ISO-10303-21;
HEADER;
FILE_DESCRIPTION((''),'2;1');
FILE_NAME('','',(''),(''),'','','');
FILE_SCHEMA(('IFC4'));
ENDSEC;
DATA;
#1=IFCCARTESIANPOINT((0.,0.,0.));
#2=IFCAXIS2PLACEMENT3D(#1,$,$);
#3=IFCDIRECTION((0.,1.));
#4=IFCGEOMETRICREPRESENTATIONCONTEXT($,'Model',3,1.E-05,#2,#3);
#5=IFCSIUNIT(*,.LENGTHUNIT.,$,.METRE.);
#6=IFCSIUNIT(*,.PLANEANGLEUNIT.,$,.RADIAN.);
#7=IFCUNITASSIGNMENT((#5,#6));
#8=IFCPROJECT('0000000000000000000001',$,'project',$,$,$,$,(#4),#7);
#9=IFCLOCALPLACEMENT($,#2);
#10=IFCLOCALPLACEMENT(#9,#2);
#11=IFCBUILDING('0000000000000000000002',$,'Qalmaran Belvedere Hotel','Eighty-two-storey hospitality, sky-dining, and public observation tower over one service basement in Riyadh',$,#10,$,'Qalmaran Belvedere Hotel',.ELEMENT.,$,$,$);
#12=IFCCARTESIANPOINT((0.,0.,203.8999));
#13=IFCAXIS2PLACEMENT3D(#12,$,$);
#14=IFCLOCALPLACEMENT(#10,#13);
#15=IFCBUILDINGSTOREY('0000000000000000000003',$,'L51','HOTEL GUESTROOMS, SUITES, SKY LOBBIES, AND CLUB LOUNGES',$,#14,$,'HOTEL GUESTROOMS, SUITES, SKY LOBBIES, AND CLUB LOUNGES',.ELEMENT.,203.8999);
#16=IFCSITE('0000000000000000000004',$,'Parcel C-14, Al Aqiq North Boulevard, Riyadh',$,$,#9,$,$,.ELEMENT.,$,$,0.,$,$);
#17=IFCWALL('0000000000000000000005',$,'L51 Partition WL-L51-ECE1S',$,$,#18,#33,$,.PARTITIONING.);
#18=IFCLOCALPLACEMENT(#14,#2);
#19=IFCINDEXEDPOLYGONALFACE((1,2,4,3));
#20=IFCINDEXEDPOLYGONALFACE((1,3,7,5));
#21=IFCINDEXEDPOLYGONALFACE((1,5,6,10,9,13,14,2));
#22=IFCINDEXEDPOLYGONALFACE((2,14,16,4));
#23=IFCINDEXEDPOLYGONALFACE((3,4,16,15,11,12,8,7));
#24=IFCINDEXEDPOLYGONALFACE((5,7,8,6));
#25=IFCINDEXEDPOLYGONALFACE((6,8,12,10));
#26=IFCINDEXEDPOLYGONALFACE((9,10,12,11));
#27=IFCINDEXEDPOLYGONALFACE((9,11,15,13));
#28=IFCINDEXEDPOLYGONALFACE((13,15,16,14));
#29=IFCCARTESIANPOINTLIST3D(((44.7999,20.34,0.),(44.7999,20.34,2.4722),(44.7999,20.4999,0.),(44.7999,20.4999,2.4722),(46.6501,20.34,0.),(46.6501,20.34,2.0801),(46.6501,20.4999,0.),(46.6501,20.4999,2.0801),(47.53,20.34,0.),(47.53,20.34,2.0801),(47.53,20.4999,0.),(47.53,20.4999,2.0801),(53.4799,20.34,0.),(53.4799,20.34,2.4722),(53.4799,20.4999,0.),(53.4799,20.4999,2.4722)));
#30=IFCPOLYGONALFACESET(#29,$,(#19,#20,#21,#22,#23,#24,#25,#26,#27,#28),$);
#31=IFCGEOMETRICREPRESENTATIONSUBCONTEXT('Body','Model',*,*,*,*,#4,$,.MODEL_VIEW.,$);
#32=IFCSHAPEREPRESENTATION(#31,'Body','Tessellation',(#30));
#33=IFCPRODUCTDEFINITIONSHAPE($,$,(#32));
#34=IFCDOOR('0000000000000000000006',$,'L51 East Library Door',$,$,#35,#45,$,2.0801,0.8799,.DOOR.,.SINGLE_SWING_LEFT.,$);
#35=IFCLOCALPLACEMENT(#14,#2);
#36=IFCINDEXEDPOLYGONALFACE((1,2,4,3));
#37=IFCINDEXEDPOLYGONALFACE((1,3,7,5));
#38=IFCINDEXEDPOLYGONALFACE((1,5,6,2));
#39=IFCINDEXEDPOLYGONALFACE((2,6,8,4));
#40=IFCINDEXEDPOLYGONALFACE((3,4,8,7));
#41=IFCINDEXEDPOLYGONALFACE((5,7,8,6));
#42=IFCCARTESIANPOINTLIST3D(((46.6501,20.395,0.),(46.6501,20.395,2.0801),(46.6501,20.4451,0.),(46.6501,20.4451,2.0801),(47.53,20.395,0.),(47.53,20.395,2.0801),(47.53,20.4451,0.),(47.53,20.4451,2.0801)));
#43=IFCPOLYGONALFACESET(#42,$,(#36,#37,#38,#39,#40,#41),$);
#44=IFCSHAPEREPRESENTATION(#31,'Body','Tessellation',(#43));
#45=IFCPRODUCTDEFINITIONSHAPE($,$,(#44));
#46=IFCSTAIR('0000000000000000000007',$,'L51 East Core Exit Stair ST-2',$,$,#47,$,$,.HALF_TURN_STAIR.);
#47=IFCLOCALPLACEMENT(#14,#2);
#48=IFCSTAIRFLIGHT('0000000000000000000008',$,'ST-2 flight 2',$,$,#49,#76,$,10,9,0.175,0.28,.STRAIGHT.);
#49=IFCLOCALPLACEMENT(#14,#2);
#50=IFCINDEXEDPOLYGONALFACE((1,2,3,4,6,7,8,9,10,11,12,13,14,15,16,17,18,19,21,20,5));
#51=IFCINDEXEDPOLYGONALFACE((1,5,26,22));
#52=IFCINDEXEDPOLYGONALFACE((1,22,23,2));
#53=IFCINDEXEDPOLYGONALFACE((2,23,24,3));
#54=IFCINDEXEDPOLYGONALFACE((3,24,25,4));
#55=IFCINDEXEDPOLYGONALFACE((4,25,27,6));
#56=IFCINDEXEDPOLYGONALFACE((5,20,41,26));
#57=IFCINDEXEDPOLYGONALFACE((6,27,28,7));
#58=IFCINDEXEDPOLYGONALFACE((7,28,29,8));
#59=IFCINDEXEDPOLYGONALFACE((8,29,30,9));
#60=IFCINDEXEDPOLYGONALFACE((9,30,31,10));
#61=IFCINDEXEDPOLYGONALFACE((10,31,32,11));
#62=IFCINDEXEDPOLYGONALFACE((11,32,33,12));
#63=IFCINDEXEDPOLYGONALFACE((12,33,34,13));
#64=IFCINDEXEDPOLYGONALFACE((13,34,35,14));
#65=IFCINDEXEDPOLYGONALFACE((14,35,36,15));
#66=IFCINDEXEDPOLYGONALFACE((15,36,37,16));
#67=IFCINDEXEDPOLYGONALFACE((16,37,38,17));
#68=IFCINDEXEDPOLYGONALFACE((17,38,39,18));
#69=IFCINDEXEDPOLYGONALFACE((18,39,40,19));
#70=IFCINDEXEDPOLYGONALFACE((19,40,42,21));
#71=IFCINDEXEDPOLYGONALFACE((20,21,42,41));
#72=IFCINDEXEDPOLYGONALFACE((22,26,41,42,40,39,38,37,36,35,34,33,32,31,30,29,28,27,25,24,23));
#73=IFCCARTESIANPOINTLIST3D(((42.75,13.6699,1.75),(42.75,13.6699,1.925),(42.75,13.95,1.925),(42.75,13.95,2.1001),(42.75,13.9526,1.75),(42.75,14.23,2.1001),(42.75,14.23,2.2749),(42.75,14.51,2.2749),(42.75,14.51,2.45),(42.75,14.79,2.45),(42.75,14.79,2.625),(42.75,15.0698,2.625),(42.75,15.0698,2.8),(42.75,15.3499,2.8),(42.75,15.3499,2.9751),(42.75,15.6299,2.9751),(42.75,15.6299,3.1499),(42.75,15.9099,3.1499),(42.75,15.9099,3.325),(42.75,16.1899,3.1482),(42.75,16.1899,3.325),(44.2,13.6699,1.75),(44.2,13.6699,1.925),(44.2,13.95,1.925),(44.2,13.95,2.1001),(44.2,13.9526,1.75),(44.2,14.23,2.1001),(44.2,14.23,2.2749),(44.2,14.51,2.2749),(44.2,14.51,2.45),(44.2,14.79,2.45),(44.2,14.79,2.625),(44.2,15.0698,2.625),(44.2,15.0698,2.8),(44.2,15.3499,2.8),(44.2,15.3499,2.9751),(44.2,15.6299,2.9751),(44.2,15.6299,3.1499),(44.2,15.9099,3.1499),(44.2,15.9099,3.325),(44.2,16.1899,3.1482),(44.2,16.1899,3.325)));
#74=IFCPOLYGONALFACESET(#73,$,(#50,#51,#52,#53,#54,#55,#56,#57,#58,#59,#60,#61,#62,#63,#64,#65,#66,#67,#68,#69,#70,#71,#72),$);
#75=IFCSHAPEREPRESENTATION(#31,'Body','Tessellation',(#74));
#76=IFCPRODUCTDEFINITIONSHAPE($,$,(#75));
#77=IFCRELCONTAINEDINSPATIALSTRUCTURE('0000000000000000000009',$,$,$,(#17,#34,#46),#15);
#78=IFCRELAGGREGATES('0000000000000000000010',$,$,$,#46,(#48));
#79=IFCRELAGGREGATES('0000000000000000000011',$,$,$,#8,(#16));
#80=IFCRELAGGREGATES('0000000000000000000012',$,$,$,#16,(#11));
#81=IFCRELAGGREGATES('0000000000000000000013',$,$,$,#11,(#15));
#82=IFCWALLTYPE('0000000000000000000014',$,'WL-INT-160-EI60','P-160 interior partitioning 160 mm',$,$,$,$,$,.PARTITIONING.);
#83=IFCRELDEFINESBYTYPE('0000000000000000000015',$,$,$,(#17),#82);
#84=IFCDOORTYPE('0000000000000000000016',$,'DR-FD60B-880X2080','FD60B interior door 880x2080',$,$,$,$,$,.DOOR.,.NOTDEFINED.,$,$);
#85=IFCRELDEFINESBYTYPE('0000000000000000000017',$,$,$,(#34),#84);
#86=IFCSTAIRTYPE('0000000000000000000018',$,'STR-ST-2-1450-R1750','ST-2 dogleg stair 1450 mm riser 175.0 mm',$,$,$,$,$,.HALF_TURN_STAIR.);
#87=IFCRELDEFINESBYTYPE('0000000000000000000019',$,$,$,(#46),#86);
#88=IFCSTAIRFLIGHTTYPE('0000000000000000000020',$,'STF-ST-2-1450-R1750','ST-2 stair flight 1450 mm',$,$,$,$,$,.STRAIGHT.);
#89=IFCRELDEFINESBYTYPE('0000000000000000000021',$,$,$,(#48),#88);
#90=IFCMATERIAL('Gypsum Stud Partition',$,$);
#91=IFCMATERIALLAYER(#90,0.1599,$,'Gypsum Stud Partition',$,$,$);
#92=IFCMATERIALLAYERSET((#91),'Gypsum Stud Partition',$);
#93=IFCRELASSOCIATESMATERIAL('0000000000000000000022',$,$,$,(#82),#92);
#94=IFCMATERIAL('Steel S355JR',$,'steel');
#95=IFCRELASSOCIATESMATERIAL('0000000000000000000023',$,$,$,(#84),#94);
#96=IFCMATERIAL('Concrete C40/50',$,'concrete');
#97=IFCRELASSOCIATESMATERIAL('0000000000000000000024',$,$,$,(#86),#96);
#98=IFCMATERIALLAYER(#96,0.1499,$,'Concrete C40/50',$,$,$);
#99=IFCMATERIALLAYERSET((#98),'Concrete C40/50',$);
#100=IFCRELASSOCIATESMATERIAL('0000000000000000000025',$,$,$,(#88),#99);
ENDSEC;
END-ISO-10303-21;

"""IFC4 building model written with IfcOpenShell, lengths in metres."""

from ifc_helpers import new_model, si_unit, direction, frame, frame_2d, origin, place, context, subcontext, project, spatial, polyline, rectangle, outline, extrude, material, layer, layer_set, type_object, element, fill, aggregate, save


model = new_model("IFC4")

# Units and contexts
model_context = context("Model", 3, precision=1e-05, world=origin(), true_north=direction((0.0, 1.0)))
body_context = subcontext(model_context, "Body", "Model", "MODEL_VIEW")
ifc_project = project(units=[si_unit("LENGTHUNIT", "METRE"), si_unit("PLANEANGLEUNIT", "RADIAN")], contexts=[model_context])

# Site, building, storey
site_placement = place(None, origin())
site = spatial("IfcSite", under=ifc_project, at=site_placement, Name="Parcel C-14, Al Aqiq North Boulevard, Riyadh", CompositionType="ELEMENT", RefElevation=0.0)
building_placement = place(site_placement, origin())
building = spatial("IfcBuilding", under=site, at=building_placement, Name="Qalmaran Belvedere Hotel", Description="Eighty-two-storey hospitality, sky-dining, and public observation tower over one service basement in Riyadh", LongName="Qalmaran Belvedere Hotel", CompositionType="ELEMENT")
storey_placement = place(building_placement, frame((0.0, 0.0, 203.8999)))
storey = spatial("IfcBuildingStorey", under=building, at=storey_placement, Name="L51", Description="HOTEL GUESTROOMS, SUITES, SKY LOBBIES, AND CLUB LOUNGES", LongName="HOTEL GUESTROOMS, SUITES, SKY LOBBIES, AND CLUB LOUNGES", CompositionType="ELEMENT", Elevation=203.8999)

# Shared definitions
ifc_material_1 = material(Name="Steel S355JR", Category="steel")

# Wall, opening, door
ifc_material_2 = material(Name="Gypsum Stud Partition")
ifc_layer_1 = layer(ifc_material_2, 0.1599, Name="Gypsum Stud Partition")
ifc_layer_set_1 = layer_set([ifc_layer_1], Name="Gypsum Stud Partition")
wall_type = type_object("IfcWallType", Name="WL-INT-160-EI60", Description="P-160 interior partitioning 160 mm", PredefinedType="PARTITIONING", material=ifc_layer_set_1)
wall_placement = place(storey_placement, frame((44.8, 20.4199, 0.0), z_axis=(0.0, 0.0, 1.0), x_axis=(1.0, 0.0, 0.0)))
wall = element("IfcWall", 1, at=wall_placement, inside=storey, type_object=wall_type, Name="L51 Partition WL-L51-ECE1S", PredefinedType="PARTITIONING", context=body_context, shape_type="SweptSolid", body=[
    extrude(rectangle(XDim=8.6799, YDim=0.1599, at=frame_2d((4.3398, 0.0))), origin(), (0.0, 0.0, 1.0), 2.4722),
])
opening_placement = place(wall_placement, frame((2.73, 0.0, 0.0), z_axis=(0.0, 0.0, 1.0), x_axis=(-1.0, 0.0, 0.0)))
opening = element("IfcOpeningElement", 2, at=opening_placement, cuts=wall, PredefinedType="OPENING", context=body_context, shape_type="SweptSolid", body=[
    extrude(rectangle(XDim=0.8799, YDim=2.0801, at=frame_2d((0.4399, 1.04))), frame((0.0, 0.0898, 0.0), z_axis=(0.0, -1.0, 0.0), x_axis=(1.0, 0.0, 0.0)), (0.0, 0.0, 1.0), 0.1799),
])
door_type = type_object("IfcDoorType", Name="DR-FD60B-880X2080", Description="FD60B interior door 880x2080", OperationType="NOTDEFINED", PredefinedType="DOOR", material=ifc_material_1)
door_placement = place(opening_placement, origin())
door = element("IfcDoor", 3, at=door_placement, inside=storey, type_object=door_type, Name="L51 East Library Door", OperationType="SINGLE_SWING_LEFT", OverallHeight=2.0801, OverallWidth=0.8799, PredefinedType="DOOR", context=body_context, shape_type="SweptSolid", body=[
    extrude(rectangle(XDim=0.8799, YDim=2.0801, at=frame_2d((0.4399, 1.04))), frame((0.0, 0.0249, 0.0), z_axis=(0.0, -1.0, 0.0), x_axis=(1.0, 0.0, 0.0)), (0.0, 0.0, 1.0), 0.05),
])
fill(opening, door)

# Stair, stair flight
ifc_material_3 = material(Name="Concrete C40/50", Category="concrete")
stair_type = type_object("IfcStairType", Name="STR-ST-2-1450-R1750", Description="ST-2 dogleg stair 1450 mm riser 175.0 mm", PredefinedType="HALF_TURN_STAIR", material=ifc_material_3)
stair_placement = place(storey_placement, origin())
stair = element("IfcStair", 4, at=stair_placement, inside=storey, type_object=stair_type, Name="L51 East Core Exit Stair ST-2", PredefinedType="HALF_TURN_STAIR")
ifc_layer_2 = layer(ifc_material_3, 0.1499, Name="Concrete C40/50")
ifc_layer_set_2 = layer_set([ifc_layer_2], Name="Concrete C40/50")
stair_flight_type = type_object("IfcStairFlightType", Name="STF-ST-2-1450-R1750", Description="ST-2 stair flight 1450 mm", PredefinedType="STRAIGHT", material=ifc_layer_set_2)
stair_flight_placement = place(storey_placement, frame((43.4751, 13.6699, 1.75), z_axis=(0.0, 0.0, 1.0), x_axis=(0.0, 1.0, 0.0)))
stair_flight = element("IfcStairFlight", 5, at=stair_flight_placement, type_object=stair_flight_type, Name="ST-2 flight 2", NumberOfRisers=10, NumberOfTreads=9, PredefinedType="STRAIGHT", RiserHeight=0.175, TreadLength=0.28, context=body_context, shape_type="SweptSolid", body=[
    extrude(outline(polyline([(0.0, 0.0), (0.0, 0.175), (0.28, 0.175), (0.28, 0.3501), (0.5601, 0.3501), (0.5601, 0.5249), (0.8401, 0.5249), (0.8401, 0.7), (1.1201, 0.7), (1.1201, 0.875), (1.3999, 0.875), (1.3999, 1.05), (1.6799, 1.05), (1.6799, 1.2251), (1.96, 1.2251), (1.96, 1.3999), (2.24, 1.3999), (2.24, 1.575), (2.52, 1.575), (2.52, 1.75), (2.52, 1.3982), (0.2827, 0.0), (0.0, 0.0)])), frame((0.0, 0.7251, 0.0), z_axis=(0.0, -1.0, 0.0), x_axis=(1.0, 0.0, 0.0)), (0.0, 0.0, 1.0), 1.45),
])
aggregate(stair, [stair_flight])

save(model, "model.ifc")
